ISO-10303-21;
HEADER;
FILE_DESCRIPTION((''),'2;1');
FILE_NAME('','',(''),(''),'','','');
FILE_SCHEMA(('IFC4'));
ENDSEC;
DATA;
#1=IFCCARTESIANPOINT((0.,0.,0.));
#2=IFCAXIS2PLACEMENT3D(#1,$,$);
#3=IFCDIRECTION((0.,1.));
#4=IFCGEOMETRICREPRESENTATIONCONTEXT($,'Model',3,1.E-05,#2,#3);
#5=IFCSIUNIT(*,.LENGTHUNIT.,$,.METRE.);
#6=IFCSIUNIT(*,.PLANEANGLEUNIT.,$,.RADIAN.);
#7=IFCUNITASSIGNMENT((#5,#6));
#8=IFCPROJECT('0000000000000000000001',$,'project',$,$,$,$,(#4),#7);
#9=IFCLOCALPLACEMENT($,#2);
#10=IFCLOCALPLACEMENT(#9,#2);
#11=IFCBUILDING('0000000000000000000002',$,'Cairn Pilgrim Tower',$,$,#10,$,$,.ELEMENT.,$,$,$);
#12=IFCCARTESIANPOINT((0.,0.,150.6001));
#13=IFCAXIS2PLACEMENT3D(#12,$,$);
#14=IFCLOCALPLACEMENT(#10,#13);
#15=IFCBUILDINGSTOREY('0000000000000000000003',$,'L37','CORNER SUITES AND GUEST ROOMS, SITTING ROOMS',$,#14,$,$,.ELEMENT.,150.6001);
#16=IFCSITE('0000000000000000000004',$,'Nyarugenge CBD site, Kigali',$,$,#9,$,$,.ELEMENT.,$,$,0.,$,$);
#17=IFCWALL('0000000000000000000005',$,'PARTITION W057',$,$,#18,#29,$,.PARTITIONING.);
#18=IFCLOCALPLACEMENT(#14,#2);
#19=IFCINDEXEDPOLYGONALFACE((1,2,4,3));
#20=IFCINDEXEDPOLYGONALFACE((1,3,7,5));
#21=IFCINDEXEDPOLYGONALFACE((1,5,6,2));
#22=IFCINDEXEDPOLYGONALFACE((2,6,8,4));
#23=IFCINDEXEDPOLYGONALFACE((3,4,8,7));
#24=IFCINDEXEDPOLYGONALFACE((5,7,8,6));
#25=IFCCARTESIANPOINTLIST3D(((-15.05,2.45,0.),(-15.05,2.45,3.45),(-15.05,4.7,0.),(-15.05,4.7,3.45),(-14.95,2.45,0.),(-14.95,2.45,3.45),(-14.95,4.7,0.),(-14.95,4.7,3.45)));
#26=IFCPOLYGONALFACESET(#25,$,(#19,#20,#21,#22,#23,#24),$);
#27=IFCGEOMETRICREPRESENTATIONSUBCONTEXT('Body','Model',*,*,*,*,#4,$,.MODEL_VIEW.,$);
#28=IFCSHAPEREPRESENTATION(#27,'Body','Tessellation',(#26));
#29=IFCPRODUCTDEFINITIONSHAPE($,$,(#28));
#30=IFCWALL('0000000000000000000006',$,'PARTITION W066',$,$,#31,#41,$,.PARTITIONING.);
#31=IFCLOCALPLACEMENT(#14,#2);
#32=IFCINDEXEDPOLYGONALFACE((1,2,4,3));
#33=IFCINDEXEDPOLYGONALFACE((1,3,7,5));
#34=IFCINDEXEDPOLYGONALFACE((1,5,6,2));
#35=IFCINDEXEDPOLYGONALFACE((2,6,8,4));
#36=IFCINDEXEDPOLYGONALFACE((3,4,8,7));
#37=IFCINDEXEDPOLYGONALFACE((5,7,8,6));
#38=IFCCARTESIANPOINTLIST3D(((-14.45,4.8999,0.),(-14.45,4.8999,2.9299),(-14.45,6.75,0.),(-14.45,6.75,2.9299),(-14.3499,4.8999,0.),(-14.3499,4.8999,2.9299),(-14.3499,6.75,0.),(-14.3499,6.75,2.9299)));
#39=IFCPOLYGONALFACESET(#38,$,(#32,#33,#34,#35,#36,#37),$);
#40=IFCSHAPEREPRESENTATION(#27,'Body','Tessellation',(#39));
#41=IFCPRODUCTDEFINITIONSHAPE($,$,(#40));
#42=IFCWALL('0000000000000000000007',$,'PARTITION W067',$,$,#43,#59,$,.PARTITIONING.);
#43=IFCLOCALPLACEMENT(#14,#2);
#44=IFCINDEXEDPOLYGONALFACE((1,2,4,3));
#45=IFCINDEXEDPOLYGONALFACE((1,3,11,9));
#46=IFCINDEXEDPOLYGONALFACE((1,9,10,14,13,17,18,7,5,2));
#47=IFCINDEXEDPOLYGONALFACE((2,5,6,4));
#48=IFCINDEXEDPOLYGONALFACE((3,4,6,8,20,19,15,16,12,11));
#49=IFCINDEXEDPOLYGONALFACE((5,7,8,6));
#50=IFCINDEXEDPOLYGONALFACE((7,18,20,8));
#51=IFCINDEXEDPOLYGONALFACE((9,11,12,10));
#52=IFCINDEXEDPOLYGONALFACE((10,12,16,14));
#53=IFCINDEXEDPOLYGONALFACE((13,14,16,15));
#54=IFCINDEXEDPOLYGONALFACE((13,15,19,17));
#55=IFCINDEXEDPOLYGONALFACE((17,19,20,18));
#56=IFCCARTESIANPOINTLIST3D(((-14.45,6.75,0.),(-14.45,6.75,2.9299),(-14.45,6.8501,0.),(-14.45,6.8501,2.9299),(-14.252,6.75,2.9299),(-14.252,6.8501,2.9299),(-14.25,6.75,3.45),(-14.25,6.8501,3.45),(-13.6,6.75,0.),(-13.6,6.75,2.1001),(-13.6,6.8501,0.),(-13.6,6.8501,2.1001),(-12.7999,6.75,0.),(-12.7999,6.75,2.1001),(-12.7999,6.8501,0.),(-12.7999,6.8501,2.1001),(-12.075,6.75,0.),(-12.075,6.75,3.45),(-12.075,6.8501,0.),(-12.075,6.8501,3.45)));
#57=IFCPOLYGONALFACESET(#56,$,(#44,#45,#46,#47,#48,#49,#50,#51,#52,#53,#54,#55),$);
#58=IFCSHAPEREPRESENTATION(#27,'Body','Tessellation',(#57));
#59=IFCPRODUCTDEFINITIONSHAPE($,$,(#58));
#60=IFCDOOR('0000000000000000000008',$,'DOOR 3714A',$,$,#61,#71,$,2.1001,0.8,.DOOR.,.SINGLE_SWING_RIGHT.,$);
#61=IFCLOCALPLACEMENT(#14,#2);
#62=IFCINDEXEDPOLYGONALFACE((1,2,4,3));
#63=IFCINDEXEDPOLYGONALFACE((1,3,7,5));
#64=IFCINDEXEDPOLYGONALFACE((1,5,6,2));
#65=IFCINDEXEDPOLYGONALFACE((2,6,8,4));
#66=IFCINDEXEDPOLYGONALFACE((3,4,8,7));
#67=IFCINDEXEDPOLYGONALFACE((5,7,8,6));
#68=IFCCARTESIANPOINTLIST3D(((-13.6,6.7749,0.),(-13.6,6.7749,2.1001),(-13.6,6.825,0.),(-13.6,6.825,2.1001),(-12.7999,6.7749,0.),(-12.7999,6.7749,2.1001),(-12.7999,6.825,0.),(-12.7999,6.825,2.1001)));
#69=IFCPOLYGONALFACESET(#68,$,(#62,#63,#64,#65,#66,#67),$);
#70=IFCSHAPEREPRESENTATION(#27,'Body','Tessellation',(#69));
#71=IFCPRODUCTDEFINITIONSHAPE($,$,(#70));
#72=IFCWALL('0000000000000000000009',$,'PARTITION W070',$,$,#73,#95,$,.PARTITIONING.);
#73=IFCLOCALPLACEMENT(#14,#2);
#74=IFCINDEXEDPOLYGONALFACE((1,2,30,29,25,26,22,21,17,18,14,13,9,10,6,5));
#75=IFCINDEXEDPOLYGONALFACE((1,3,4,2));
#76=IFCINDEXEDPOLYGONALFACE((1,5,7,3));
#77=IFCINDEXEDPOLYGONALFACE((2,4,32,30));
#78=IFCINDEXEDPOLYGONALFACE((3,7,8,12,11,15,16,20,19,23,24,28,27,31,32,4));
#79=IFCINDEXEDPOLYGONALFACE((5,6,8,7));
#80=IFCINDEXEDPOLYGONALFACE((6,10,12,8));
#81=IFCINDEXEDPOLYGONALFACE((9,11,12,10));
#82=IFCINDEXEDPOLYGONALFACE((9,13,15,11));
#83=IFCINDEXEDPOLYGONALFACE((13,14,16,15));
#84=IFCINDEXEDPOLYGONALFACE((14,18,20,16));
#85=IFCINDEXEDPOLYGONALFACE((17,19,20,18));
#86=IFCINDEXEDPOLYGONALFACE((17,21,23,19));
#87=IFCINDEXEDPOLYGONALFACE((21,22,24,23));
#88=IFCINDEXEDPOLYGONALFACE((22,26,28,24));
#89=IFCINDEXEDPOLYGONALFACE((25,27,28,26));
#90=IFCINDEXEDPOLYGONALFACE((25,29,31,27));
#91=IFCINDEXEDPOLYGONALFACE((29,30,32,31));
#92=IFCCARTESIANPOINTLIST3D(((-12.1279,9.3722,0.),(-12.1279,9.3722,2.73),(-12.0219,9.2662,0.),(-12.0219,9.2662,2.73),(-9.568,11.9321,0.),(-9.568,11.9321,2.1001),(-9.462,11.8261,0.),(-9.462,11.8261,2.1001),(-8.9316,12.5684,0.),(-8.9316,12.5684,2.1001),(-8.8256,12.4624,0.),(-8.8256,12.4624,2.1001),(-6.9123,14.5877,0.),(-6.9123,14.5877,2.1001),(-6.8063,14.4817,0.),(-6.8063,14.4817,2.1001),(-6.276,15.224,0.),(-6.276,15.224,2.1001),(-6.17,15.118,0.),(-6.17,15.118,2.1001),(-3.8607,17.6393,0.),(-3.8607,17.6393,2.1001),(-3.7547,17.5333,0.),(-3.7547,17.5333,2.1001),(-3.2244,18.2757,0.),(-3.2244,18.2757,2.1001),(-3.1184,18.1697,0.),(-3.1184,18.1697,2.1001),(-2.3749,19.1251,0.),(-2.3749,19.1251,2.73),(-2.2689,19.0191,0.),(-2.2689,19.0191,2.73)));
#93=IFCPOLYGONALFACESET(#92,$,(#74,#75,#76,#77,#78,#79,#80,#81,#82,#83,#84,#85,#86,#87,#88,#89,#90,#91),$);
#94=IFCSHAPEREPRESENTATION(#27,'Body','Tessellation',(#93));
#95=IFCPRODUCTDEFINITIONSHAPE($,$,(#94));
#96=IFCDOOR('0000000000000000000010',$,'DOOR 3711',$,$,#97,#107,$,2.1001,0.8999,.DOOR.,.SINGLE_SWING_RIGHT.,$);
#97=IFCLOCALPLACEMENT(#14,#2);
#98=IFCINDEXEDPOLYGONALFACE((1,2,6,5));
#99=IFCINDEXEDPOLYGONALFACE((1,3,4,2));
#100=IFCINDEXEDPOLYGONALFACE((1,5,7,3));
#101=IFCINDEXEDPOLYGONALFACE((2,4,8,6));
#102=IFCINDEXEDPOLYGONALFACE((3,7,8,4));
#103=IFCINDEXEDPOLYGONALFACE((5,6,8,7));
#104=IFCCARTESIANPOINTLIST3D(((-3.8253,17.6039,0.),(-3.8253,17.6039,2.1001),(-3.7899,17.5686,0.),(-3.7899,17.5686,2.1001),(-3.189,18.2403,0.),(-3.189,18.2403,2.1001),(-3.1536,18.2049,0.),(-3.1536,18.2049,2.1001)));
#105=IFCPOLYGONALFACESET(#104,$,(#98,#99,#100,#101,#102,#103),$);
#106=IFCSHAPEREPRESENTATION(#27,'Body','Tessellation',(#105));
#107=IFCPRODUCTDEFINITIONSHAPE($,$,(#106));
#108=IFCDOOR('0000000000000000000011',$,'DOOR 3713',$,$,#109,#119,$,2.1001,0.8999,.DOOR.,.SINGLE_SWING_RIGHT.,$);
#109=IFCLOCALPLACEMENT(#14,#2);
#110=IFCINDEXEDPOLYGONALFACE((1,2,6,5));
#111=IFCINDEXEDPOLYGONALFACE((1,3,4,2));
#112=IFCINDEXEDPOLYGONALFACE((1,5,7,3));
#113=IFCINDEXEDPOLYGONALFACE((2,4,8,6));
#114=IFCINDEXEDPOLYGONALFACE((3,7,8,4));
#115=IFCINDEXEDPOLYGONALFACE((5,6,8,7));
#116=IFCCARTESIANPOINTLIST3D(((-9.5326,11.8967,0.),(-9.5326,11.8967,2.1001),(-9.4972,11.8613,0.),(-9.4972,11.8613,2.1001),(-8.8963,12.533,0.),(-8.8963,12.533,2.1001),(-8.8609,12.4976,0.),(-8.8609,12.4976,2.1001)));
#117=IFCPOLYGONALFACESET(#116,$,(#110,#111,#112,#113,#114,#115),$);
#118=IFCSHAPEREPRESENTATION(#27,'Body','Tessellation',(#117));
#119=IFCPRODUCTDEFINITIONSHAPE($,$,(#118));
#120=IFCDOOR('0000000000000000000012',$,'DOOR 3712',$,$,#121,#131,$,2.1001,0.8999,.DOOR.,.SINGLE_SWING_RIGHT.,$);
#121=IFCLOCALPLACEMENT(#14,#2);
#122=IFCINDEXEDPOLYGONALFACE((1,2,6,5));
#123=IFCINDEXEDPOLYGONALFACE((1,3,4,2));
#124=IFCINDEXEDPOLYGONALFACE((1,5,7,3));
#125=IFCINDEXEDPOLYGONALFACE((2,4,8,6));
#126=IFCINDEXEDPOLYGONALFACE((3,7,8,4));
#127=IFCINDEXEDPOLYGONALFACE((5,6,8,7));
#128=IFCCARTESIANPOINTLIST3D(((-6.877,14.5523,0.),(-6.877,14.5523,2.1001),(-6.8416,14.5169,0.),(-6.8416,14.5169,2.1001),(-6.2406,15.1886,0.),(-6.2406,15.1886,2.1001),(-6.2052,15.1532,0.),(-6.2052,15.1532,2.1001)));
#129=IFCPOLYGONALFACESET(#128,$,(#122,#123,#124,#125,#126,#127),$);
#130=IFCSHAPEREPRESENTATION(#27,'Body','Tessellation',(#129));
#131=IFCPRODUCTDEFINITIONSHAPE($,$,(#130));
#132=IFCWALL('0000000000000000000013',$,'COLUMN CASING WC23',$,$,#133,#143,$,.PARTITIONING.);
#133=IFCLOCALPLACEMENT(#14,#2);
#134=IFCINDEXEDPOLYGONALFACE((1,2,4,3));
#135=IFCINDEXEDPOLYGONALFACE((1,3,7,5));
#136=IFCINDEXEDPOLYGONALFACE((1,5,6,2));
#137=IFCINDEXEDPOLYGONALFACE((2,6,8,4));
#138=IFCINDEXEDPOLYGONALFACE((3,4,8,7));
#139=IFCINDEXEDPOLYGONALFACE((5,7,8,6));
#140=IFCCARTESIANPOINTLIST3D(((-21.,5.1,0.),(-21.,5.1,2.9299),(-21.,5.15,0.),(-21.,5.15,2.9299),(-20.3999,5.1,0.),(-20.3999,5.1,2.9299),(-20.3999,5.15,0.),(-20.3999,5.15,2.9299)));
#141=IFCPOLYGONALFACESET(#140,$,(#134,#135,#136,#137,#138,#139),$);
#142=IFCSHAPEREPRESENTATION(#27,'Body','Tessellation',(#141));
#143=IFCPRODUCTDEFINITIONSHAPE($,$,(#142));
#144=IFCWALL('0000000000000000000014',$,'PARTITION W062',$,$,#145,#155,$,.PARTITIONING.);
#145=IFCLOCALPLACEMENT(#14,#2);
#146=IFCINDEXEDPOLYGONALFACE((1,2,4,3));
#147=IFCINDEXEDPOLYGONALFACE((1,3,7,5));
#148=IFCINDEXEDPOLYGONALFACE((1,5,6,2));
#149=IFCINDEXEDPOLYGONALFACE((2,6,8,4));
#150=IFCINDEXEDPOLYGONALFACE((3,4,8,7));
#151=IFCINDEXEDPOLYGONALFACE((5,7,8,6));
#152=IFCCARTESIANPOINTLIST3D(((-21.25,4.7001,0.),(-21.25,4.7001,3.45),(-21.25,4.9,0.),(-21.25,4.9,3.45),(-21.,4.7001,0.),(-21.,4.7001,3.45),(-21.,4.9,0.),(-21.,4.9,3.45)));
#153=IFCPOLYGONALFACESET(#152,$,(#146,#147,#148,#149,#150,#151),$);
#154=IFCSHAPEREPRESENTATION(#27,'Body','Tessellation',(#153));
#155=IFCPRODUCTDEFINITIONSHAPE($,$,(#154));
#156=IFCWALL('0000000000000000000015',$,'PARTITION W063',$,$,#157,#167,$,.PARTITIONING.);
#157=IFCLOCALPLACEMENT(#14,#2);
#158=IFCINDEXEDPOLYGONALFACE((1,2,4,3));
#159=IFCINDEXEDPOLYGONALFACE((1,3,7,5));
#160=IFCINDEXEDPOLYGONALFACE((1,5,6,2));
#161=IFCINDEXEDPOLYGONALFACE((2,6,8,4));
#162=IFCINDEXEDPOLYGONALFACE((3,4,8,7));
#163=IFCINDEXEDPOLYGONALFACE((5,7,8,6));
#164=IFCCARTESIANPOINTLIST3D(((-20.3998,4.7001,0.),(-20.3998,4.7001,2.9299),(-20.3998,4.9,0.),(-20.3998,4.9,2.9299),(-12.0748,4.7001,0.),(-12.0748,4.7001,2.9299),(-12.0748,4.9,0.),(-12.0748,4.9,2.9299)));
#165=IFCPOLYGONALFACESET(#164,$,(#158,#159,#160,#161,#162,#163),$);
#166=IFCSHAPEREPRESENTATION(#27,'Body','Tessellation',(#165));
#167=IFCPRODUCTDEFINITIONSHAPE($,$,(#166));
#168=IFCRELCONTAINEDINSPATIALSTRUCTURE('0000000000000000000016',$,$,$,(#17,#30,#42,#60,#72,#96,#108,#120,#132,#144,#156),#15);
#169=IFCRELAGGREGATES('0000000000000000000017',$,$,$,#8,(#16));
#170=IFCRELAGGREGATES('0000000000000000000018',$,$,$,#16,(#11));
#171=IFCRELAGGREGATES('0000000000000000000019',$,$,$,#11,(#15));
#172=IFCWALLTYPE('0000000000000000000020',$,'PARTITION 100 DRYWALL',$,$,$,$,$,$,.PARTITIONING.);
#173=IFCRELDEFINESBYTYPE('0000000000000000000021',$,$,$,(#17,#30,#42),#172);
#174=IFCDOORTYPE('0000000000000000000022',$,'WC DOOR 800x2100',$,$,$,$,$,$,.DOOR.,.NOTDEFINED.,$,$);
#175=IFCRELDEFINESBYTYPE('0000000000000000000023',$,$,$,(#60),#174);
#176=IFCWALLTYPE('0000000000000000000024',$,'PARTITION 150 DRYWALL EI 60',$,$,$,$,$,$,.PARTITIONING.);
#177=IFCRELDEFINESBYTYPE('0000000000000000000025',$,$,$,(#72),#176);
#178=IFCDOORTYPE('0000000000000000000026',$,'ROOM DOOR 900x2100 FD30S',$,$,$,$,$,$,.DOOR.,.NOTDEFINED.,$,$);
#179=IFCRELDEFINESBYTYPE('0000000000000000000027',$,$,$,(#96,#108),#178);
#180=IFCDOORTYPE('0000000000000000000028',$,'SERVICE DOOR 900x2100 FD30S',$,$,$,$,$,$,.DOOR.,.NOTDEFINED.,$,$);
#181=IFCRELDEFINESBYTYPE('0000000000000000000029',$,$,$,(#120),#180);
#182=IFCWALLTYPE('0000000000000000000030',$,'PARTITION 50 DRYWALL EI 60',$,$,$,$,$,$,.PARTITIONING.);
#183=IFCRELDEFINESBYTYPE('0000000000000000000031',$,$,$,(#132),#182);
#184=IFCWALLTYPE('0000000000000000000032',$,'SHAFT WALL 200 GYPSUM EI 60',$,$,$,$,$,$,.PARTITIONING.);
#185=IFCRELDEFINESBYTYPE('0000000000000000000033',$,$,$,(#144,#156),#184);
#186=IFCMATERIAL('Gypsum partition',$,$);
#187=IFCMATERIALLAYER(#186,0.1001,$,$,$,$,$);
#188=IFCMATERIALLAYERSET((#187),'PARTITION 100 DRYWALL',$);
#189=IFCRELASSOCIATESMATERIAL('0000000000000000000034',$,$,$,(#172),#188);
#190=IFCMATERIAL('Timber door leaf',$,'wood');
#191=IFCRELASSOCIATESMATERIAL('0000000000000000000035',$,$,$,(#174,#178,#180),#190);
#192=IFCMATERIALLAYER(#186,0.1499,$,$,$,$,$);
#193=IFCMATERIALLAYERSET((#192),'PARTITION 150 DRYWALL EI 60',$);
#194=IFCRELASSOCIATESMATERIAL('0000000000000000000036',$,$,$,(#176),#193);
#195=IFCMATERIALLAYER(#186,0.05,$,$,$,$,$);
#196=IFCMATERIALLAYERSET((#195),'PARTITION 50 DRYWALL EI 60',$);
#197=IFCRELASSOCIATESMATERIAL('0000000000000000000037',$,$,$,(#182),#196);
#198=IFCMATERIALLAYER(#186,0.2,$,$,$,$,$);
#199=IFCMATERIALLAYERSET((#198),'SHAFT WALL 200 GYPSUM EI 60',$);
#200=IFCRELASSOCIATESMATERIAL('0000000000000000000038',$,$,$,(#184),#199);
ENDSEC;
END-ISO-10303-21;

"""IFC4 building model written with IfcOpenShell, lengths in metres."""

from ifc_helpers import new_model, si_unit, direction, frame, frame_2d, origin, place, context, subcontext, project, spatial, polyline, rectangle, outline, extrude, material, layer, layer_set, type_object, element, fill, save


model = new_model("IFC4")

# Units and contexts
model_context = context("Model", 3, precision=1e-05, world=origin(), true_north=direction((0.0, 1.0)))
body_context = subcontext(model_context, "Body", "Model", "MODEL_VIEW")
ifc_project = project(units=[si_unit("LENGTHUNIT", "METRE"), si_unit("PLANEANGLEUNIT", "RADIAN")], contexts=[model_context])

# Site, building, storey
site_placement = place(None, origin())
site = spatial("IfcSite", under=ifc_project, at=site_placement, Name="Nyarugenge CBD site, Kigali", CompositionType="ELEMENT", RefElevation=0.0)
building_placement = place(site_placement, origin())
building = spatial("IfcBuilding", under=site, at=building_placement, Name="Cairn Pilgrim Tower", CompositionType="ELEMENT")
storey_placement = place(building_placement, frame((0.0, 0.0, 150.6001)))
storey = spatial("IfcBuildingStorey", under=building, at=storey_placement, Name="L37", Description="CORNER SUITES AND GUEST ROOMS, SITTING ROOMS", CompositionType="ELEMENT", Elevation=150.6001)

# Walls
ifc_material_1 = material(Name="Gypsum partition")
ifc_layer_1 = layer(ifc_material_1, 0.1001)
ifc_layer_set_1 = layer_set([ifc_layer_1], Name="PARTITION 100 DRYWALL")
wall_type_1 = type_object("IfcWallType", Name="PARTITION 100 DRYWALL", PredefinedType="PARTITIONING", material=ifc_layer_set_1)
wall_1_placement = place(storey_placement, frame((-15.0, 2.45, 0.0), z_axis=(0.0, 0.0, 1.0), x_axis=(0.0, 1.0, 0.0)))
element("IfcWall", 1, at=wall_1_placement, inside=storey, type_object=wall_type_1, Name="PARTITION W057", PredefinedType="PARTITIONING", context=body_context, shape_type="SweptSolid", body=[
    extrude(rectangle(XDim=2.25, YDim=0.1001, at=frame_2d((1.125, 0.0))), origin(), (0.0, 0.0, 1.0), 3.45),
])
wall_2_placement = place(storey_placement, frame((-14.3999, 4.8999, 0.0), z_axis=(0.0, 0.0, 1.0), x_axis=(0.0, 1.0, 0.0)))
element("IfcWall", 2, at=wall_2_placement, inside=storey, type_object=wall_type_1, Name="PARTITION W066", PredefinedType="PARTITIONING", context=body_context, shape_type="SweptSolid", body=[
    extrude(rectangle(XDim=1.8501, YDim=0.1001, at=frame_2d((0.925, 0.0))), origin(), (0.0, 0.0, 1.0), 2.9299),
])

# Wall, opening, door
wall_3_placement = place(storey_placement, frame((-14.45, 6.8, 0.0), z_axis=(0.0, 0.0, 1.0), x_axis=(1.0, 0.0, 0.0)))
wall_3 = element("IfcWall", 3, at=wall_3_placement, inside=storey, type_object=wall_type_1, Name="PARTITION W067", PredefinedType="PARTITIONING", context=body_context, shape_type="SweptSolid", body=[
    extrude(outline(polyline([(0.0, 0.0), (2.375, 0.0), (2.375, 3.45), (0.2, 3.45), (0.198, 2.9299), (0.0, 2.9299), (0.0, 0.0)])), frame((0.0, 0.05, 0.0), z_axis=(0.0, -1.0, 0.0), x_axis=(1.0, 0.0, 0.0)), (0.0, 0.0, 1.0), 0.1001),
])
opening_1_placement = place(wall_3_placement, frame((0.8501, 0.0, 0.0)))
opening_1 = element("IfcOpeningElement", 4, at=opening_1_placement, cuts=wall_3, PredefinedType="OPENING", context=body_context, shape_type="SweptSolid", body=[
    extrude(rectangle(XDim=0.8, YDim=2.1001, at=frame_2d((0.3999, 1.05))), frame((0.0, 0.0601, 0.0), z_axis=(0.0, -1.0, 0.0), x_axis=(1.0, 0.0, 0.0)), (0.0, 0.0, 1.0), 0.1201),
])
ifc_material_2 = material(Name="Timber door leaf", Category="wood")
door_type_1 = type_object("IfcDoorType", Name="WC DOOR 800x2100", OperationType="NOTDEFINED", PredefinedType="DOOR", material=ifc_material_2)
door_1_placement = place(opening_1_placement, origin())
door_1 = element("IfcDoor", 5, at=door_1_placement, inside=storey, type_object=door_type_1, Name="DOOR 3714A", OperationType="SINGLE_SWING_RIGHT", OverallHeight=2.1001, OverallWidth=0.8, PredefinedType="DOOR", context=body_context, shape_type="SweptSolid", body=[
    extrude(rectangle(XDim=0.8, YDim=2.1001, at=frame_2d((0.3999, 1.05))), frame((0.0, 0.0249, 0.0), z_axis=(0.0, -1.0, 0.0), x_axis=(1.0, 0.0, 0.0)), (0.0, 0.0, 1.0), 0.05),
])
fill(opening_1, door_1)

# Wall, openings, doors
ifc_layer_2 = layer(ifc_material_1, 0.1499)
ifc_layer_set_2 = layer_set([ifc_layer_2], Name="PARTITION 150 DRYWALL EI 60")
wall_type_2 = type_object("IfcWallType", Name="PARTITION 150 DRYWALL EI 60", PredefinedType="PARTITIONING", material=ifc_layer_set_2)
wall_4_placement = place(storey_placement, frame((-12.075, 9.3191, 0.0), z_axis=(0.0, 0.0, 1.0), x_axis=(0.707107, 0.707107, 0.0)))
wall_4 = element("IfcWall", 6, at=wall_4_placement, inside=storey, type_object=wall_type_2, Name="PARTITION W070", PredefinedType="PARTITIONING", context=body_context, shape_type="SweptSolid", body=[
    extrude(rectangle(XDim=13.7927, YDim=0.1499, at=frame_2d((6.8965, 0.0))), origin(), (0.0, 0.0, 1.0), 2.73),
])
opening_2_placement = place(wall_4_placement, frame((11.6917, 0.0, 0.0)))
opening_2 = element("IfcOpeningElement", 7, at=opening_2_placement, cuts=wall_4, PredefinedType="OPENING", context=body_context, shape_type="SweptSolid", body=[
    extrude(rectangle(XDim=0.8999, YDim=2.1001, at=frame_2d((0.45, 1.05))), frame((0.0, 0.085, 0.0), z_axis=(0.0, -1.0, 0.0), x_axis=(1.0, 0.0, 0.0)), (0.0, 0.0, 1.0), 0.1699),
])
opening_3_placement = place(wall_4_placement, frame((7.376, 0.0, 0.0)))
opening_3 = element("IfcOpeningElement", 8, at=opening_3_placement, cuts=wall_4, PredefinedType="OPENING", context=body_context, shape_type="SweptSolid", body=[
    extrude(rectangle(XDim=0.8999, YDim=2.1001, at=frame_2d((0.45, 1.05))), frame((0.0, 0.085, 0.0), z_axis=(0.0, -1.0, 0.0), x_axis=(1.0, 0.0, 0.0)), (0.0, 0.0, 1.0), 0.1699),
])
opening_4_placement = place(wall_4_placement, frame((3.6204, 0.0, 0.0)))
opening_4 = element("IfcOpeningElement", 9, at=opening_4_placement, cuts=wall_4, PredefinedType="OPENING", context=body_context, shape_type="SweptSolid", body=[
    extrude(rectangle(XDim=0.8999, YDim=2.1001, at=frame_2d((0.45, 1.05))), frame((0.0, 0.085, 0.0), z_axis=(0.0, -1.0, 0.0), x_axis=(1.0, 0.0, 0.0)), (0.0, 0.0, 1.0), 0.1699),
])
door_type_2 = type_object("IfcDoorType", Name="ROOM DOOR 900x2100 FD30S", OperationType="NOTDEFINED", PredefinedType="DOOR", material=ifc_material_2)
door_2_placement = place(opening_2_placement, origin())
door_2 = element("IfcDoor", 10, at=door_2_placement, inside=storey, type_object=door_type_2, Name="DOOR 3711", OperationType="SINGLE_SWING_RIGHT", OverallHeight=2.1001, OverallWidth=0.8999, PredefinedType="DOOR", context=body_context, shape_type="SweptSolid", body=[
    extrude(rectangle(XDim=0.8999, YDim=2.1001, at=frame_2d((0.45, 1.05))), frame((0.0, 0.0249, 0.0), z_axis=(0.0, -1.0, 0.0), x_axis=(1.0, 0.0, 0.0)), (0.0, 0.0, 1.0), 0.05),
])
fill(opening_2, door_2)
door_3_placement = place(opening_4_placement, origin())
door_3 = element("IfcDoor", 11, at=door_3_placement, inside=storey, type_object=door_type_2, Name="DOOR 3713", OperationType="SINGLE_SWING_RIGHT", OverallHeight=2.1001, OverallWidth=0.8999, PredefinedType="DOOR", context=body_context, shape_type="SweptSolid", body=[
    extrude(rectangle(XDim=0.8999, YDim=2.1001, at=frame_2d((0.45, 1.05))), frame((0.0, 0.0249, 0.0), z_axis=(0.0, -1.0, 0.0), x_axis=(1.0, 0.0, 0.0)), (0.0, 0.0, 1.0), 0.05),
])
fill(opening_4, door_3)
door_type_3 = type_object("IfcDoorType", Name="SERVICE DOOR 900x2100 FD30S", OperationType="NOTDEFINED", PredefinedType="DOOR", material=ifc_material_2)
door_4_placement = place(opening_3_placement, origin())
door_4 = element("IfcDoor", 12, at=door_4_placement, inside=storey, type_object=door_type_3, Name="DOOR 3712", OperationType="SINGLE_SWING_RIGHT", OverallHeight=2.1001, OverallWidth=0.8999, PredefinedType="DOOR", context=body_context, shape_type="SweptSolid", body=[
    extrude(rectangle(XDim=0.8999, YDim=2.1001, at=frame_2d((0.45, 1.05))), frame((0.0, 0.0249, 0.0), z_axis=(0.0, -1.0, 0.0), x_axis=(1.0, 0.0, 0.0)), (0.0, 0.0, 1.0), 0.05),
])
fill(opening_3, door_4)

# Walls
ifc_layer_3 = layer(ifc_material_1, 0.05)
ifc_layer_set_3 = layer_set([ifc_layer_3], Name="PARTITION 50 DRYWALL EI 60")
wall_type_3 = type_object("IfcWallType", Name="PARTITION 50 DRYWALL EI 60", PredefinedType="PARTITIONING", material=ifc_layer_set_3)
wall_5_placement = place(storey_placement, frame((-21.0, 5.125, 0.0), z_axis=(0.0, 0.0, 1.0), x_axis=(1.0, 0.0, 0.0)))
element("IfcWall", 13, at=wall_5_placement, inside=storey, type_object=wall_type_3, Name="COLUMN CASING WC23", PredefinedType="PARTITIONING", context=body_context, shape_type="SweptSolid", body=[
    extrude(rectangle(XDim=0.6001, YDim=0.05, at=frame_2d((0.3, 0.0))), origin(), (0.0, 0.0, 1.0), 2.9299),
])
ifc_layer_4 = layer(ifc_material_1, 0.2)
ifc_layer_set_4 = layer_set([ifc_layer_4], Name="SHAFT WALL 200 GYPSUM EI 60")
wall_type_4 = type_object("IfcWallType", Name="SHAFT WALL 200 GYPSUM EI 60", PredefinedType="PARTITIONING", material=ifc_layer_set_4)
wall_6_placement = place(storey_placement, frame((-21.25, 4.8, 0.0), z_axis=(0.0, 0.0, 1.0), x_axis=(1.0, 0.0, 0.0)))
element("IfcWall", 14, at=wall_6_placement, inside=storey, type_object=wall_type_4, Name="PARTITION W062", PredefinedType="PARTITIONING", context=body_context, shape_type="SweptSolid", body=[
    extrude(rectangle(XDim=0.25, YDim=0.2, at=frame_2d((0.125, 0.0))), origin(), (0.0, 0.0, 1.0), 3.45),
])
wall_7_placement = place(storey_placement, frame((-20.3999, 4.8, 0.0), z_axis=(0.0, 0.0, 1.0), x_axis=(1.0, 0.0, 0.0)))
element("IfcWall", 15, at=wall_7_placement, inside=storey, type_object=wall_type_4, Name="PARTITION W063", PredefinedType="PARTITIONING", context=body_context, shape_type="SweptSolid", body=[
    extrude(rectangle(XDim=8.325, YDim=0.2, at=frame_2d((4.1626, 0.0))), origin(), (0.0, 0.0, 1.0), 2.9299),
])

save(model, "model.ifc")
